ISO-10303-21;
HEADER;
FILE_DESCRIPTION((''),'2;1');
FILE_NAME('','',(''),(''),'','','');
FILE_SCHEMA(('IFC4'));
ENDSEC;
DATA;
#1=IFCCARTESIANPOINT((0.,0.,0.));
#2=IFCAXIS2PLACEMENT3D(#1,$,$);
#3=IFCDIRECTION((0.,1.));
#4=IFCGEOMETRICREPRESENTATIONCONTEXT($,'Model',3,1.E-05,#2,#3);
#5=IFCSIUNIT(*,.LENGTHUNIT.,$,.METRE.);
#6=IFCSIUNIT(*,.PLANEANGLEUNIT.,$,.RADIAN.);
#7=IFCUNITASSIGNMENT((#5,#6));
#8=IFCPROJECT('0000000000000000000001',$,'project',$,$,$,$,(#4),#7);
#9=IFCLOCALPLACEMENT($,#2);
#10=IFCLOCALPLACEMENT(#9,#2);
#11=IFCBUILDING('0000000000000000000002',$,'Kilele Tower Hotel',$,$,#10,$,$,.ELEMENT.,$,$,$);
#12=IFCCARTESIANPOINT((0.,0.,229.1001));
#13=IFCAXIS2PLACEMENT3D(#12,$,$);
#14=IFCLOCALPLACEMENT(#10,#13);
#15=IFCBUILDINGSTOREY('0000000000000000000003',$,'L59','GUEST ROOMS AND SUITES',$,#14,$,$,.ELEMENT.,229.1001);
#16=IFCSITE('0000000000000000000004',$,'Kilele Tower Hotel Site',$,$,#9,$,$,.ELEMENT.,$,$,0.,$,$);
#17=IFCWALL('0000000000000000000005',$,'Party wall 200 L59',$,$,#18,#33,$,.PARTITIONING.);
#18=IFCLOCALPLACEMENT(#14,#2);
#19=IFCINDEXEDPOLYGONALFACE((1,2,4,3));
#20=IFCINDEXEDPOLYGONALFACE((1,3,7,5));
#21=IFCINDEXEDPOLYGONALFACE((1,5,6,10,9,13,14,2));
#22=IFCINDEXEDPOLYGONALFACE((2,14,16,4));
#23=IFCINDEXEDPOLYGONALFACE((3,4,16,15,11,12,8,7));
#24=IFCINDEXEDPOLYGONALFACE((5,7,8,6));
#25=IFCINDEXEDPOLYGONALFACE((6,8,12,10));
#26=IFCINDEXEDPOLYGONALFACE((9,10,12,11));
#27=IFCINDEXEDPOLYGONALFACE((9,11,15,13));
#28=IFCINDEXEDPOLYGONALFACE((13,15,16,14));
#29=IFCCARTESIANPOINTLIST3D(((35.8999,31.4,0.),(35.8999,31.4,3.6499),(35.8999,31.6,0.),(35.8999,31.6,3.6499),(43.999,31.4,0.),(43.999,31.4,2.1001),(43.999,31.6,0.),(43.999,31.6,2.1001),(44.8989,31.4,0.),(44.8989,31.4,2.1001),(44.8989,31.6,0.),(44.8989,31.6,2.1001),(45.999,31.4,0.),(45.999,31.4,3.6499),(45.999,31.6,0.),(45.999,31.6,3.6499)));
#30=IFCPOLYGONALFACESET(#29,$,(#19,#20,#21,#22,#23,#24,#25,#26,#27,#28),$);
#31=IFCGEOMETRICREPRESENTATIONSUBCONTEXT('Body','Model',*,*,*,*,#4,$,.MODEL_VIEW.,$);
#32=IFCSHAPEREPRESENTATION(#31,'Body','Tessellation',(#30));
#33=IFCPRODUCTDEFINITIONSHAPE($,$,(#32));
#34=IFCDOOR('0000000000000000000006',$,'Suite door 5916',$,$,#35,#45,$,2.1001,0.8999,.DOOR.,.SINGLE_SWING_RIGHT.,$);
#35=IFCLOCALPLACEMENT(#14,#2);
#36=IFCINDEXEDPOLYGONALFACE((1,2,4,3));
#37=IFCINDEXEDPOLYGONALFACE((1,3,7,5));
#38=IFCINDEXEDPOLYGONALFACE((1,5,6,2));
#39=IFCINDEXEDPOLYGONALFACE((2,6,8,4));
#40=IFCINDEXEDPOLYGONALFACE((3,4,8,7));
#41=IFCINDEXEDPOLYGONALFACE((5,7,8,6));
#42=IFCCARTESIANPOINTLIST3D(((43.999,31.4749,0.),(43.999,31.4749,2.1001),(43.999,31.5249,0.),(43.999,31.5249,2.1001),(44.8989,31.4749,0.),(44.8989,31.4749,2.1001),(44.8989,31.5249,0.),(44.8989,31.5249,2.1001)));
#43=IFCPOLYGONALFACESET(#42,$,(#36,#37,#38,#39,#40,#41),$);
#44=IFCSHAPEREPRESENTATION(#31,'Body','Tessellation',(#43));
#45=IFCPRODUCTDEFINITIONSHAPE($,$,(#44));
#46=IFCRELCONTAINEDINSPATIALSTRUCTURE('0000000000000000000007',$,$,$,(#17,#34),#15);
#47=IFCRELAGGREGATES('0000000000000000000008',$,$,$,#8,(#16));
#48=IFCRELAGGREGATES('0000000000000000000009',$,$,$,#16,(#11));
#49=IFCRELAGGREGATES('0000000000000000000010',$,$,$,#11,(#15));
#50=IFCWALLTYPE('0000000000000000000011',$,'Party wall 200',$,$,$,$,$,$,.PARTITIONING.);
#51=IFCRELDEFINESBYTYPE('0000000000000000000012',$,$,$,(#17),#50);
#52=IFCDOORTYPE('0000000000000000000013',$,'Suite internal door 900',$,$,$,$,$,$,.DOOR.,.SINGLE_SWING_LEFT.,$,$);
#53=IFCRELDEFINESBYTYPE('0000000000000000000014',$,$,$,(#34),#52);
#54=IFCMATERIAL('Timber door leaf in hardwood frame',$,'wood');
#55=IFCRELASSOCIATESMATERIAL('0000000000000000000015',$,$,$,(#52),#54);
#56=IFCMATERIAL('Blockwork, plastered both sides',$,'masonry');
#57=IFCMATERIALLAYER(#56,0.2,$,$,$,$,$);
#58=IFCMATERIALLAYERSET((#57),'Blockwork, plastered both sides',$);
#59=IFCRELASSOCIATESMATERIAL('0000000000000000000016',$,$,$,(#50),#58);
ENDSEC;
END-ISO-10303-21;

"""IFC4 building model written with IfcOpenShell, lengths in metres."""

from ifc_helpers import new_model, si_unit, direction, frame, frame_2d, origin, place, context, subcontext, project, spatial, rectangle, extrude, material, layer, layer_set, type_object, element, fill, save


model = new_model("IFC4")

# Units and contexts
model_context = context("Model", 3, precision=1e-05, world=origin(), true_north=direction((0.0, 1.0)))
body_context = subcontext(model_context, "Body", "Model", "MODEL_VIEW")
ifc_project = project(units=[si_unit("LENGTHUNIT", "METRE"), si_unit("PLANEANGLEUNIT", "RADIAN")], contexts=[model_context])

# Site, building, storey
site_placement = place(None, origin())
site = spatial("IfcSite", under=ifc_project, at=site_placement, Name="Kilele Tower Hotel Site", CompositionType="ELEMENT", RefElevation=0.0)
building_placement = place(site_placement, origin())
building = spatial("IfcBuilding", under=site, at=building_placement, Name="Kilele Tower Hotel", CompositionType="ELEMENT")
storey_placement = place(building_placement, frame((0.0, 0.0, 229.1001)))
storey = spatial("IfcBuildingStorey", under=building, at=storey_placement, Name="L59", Description="GUEST ROOMS AND SUITES", CompositionType="ELEMENT", Elevation=229.1001)

# Wall, opening, door
ifc_material_1 = material(Name="Timber door leaf in hardwood frame", Category="wood")
door_type_1 = type_object("IfcDoorType", Name="Suite internal door 900", OperationType="SINGLE_SWING_LEFT", PredefinedType="DOOR", material=ifc_material_1)
ifc_material_2 = material(Name="Blockwork, plastered both sides", Category="masonry")
ifc_layer_1 = layer(ifc_material_2, 0.2)
ifc_layer_set_1 = layer_set([ifc_layer_1], Name="Blockwork, plastered both sides")
wall_type_1 = type_object("IfcWallType", Name="Party wall 200", PredefinedType="PARTITIONING", material=ifc_layer_set_1)
wall_1_placement = place(storey_placement, frame((35.8999, 31.5, 0.0), z_axis=(0.0, 0.0, 1.0), x_axis=(1.0, 0.0, 0.0)))
wall_1 = element("IfcWall", 1, at=wall_1_placement, inside=storey, type_object=wall_type_1, Name="Party wall 200 L59", PredefinedType="PARTITIONING", context=body_context, shape_type="SweptSolid", body=[
    extrude(rectangle(XDim=10.0991, YDim=0.2, at=frame_2d((5.0496, 0.0))), origin(), (0.0, 0.0, 1.0), 3.6499),
])
opening_1_placement = place(wall_1_placement, frame((8.0991, 0.0, 0.0)))
opening_1 = element("IfcOpeningElement", 2, at=opening_1_placement, cuts=wall_1, PredefinedType="OPENING", context=body_context, shape_type="SweptSolid", body=[
    extrude(rectangle(XDim=0.8999, YDim=2.1001, at=frame_2d((0.45, 1.05))), frame((0.0, 0.1099, 0.0), z_axis=(0.0, -1.0, 0.0), x_axis=(1.0, 0.0, 0.0)), (0.0, 0.0, 1.0), 0.22),
])
door_1_placement = place(opening_1_placement, origin())
door_1 = element("IfcDoor", 3, at=door_1_placement, inside=storey, type_object=door_type_1, Name="Suite door 5916", OperationType="SINGLE_SWING_RIGHT", OverallHeight=2.1001, OverallWidth=0.8999, PredefinedType="DOOR", context=body_context, shape_type="SweptSolid", body=[
    extrude(rectangle(XDim=0.8999, YDim=2.1001, at=frame_2d((0.45, 1.05))), frame((0.0, 0.0249, 0.0), z_axis=(0.0, -1.0, 0.0), x_axis=(1.0, 0.0, 0.0)), (0.0, 0.0, 1.0), 0.05),
])
fill(opening_1, door_1)

save(model, "model.ifc")
